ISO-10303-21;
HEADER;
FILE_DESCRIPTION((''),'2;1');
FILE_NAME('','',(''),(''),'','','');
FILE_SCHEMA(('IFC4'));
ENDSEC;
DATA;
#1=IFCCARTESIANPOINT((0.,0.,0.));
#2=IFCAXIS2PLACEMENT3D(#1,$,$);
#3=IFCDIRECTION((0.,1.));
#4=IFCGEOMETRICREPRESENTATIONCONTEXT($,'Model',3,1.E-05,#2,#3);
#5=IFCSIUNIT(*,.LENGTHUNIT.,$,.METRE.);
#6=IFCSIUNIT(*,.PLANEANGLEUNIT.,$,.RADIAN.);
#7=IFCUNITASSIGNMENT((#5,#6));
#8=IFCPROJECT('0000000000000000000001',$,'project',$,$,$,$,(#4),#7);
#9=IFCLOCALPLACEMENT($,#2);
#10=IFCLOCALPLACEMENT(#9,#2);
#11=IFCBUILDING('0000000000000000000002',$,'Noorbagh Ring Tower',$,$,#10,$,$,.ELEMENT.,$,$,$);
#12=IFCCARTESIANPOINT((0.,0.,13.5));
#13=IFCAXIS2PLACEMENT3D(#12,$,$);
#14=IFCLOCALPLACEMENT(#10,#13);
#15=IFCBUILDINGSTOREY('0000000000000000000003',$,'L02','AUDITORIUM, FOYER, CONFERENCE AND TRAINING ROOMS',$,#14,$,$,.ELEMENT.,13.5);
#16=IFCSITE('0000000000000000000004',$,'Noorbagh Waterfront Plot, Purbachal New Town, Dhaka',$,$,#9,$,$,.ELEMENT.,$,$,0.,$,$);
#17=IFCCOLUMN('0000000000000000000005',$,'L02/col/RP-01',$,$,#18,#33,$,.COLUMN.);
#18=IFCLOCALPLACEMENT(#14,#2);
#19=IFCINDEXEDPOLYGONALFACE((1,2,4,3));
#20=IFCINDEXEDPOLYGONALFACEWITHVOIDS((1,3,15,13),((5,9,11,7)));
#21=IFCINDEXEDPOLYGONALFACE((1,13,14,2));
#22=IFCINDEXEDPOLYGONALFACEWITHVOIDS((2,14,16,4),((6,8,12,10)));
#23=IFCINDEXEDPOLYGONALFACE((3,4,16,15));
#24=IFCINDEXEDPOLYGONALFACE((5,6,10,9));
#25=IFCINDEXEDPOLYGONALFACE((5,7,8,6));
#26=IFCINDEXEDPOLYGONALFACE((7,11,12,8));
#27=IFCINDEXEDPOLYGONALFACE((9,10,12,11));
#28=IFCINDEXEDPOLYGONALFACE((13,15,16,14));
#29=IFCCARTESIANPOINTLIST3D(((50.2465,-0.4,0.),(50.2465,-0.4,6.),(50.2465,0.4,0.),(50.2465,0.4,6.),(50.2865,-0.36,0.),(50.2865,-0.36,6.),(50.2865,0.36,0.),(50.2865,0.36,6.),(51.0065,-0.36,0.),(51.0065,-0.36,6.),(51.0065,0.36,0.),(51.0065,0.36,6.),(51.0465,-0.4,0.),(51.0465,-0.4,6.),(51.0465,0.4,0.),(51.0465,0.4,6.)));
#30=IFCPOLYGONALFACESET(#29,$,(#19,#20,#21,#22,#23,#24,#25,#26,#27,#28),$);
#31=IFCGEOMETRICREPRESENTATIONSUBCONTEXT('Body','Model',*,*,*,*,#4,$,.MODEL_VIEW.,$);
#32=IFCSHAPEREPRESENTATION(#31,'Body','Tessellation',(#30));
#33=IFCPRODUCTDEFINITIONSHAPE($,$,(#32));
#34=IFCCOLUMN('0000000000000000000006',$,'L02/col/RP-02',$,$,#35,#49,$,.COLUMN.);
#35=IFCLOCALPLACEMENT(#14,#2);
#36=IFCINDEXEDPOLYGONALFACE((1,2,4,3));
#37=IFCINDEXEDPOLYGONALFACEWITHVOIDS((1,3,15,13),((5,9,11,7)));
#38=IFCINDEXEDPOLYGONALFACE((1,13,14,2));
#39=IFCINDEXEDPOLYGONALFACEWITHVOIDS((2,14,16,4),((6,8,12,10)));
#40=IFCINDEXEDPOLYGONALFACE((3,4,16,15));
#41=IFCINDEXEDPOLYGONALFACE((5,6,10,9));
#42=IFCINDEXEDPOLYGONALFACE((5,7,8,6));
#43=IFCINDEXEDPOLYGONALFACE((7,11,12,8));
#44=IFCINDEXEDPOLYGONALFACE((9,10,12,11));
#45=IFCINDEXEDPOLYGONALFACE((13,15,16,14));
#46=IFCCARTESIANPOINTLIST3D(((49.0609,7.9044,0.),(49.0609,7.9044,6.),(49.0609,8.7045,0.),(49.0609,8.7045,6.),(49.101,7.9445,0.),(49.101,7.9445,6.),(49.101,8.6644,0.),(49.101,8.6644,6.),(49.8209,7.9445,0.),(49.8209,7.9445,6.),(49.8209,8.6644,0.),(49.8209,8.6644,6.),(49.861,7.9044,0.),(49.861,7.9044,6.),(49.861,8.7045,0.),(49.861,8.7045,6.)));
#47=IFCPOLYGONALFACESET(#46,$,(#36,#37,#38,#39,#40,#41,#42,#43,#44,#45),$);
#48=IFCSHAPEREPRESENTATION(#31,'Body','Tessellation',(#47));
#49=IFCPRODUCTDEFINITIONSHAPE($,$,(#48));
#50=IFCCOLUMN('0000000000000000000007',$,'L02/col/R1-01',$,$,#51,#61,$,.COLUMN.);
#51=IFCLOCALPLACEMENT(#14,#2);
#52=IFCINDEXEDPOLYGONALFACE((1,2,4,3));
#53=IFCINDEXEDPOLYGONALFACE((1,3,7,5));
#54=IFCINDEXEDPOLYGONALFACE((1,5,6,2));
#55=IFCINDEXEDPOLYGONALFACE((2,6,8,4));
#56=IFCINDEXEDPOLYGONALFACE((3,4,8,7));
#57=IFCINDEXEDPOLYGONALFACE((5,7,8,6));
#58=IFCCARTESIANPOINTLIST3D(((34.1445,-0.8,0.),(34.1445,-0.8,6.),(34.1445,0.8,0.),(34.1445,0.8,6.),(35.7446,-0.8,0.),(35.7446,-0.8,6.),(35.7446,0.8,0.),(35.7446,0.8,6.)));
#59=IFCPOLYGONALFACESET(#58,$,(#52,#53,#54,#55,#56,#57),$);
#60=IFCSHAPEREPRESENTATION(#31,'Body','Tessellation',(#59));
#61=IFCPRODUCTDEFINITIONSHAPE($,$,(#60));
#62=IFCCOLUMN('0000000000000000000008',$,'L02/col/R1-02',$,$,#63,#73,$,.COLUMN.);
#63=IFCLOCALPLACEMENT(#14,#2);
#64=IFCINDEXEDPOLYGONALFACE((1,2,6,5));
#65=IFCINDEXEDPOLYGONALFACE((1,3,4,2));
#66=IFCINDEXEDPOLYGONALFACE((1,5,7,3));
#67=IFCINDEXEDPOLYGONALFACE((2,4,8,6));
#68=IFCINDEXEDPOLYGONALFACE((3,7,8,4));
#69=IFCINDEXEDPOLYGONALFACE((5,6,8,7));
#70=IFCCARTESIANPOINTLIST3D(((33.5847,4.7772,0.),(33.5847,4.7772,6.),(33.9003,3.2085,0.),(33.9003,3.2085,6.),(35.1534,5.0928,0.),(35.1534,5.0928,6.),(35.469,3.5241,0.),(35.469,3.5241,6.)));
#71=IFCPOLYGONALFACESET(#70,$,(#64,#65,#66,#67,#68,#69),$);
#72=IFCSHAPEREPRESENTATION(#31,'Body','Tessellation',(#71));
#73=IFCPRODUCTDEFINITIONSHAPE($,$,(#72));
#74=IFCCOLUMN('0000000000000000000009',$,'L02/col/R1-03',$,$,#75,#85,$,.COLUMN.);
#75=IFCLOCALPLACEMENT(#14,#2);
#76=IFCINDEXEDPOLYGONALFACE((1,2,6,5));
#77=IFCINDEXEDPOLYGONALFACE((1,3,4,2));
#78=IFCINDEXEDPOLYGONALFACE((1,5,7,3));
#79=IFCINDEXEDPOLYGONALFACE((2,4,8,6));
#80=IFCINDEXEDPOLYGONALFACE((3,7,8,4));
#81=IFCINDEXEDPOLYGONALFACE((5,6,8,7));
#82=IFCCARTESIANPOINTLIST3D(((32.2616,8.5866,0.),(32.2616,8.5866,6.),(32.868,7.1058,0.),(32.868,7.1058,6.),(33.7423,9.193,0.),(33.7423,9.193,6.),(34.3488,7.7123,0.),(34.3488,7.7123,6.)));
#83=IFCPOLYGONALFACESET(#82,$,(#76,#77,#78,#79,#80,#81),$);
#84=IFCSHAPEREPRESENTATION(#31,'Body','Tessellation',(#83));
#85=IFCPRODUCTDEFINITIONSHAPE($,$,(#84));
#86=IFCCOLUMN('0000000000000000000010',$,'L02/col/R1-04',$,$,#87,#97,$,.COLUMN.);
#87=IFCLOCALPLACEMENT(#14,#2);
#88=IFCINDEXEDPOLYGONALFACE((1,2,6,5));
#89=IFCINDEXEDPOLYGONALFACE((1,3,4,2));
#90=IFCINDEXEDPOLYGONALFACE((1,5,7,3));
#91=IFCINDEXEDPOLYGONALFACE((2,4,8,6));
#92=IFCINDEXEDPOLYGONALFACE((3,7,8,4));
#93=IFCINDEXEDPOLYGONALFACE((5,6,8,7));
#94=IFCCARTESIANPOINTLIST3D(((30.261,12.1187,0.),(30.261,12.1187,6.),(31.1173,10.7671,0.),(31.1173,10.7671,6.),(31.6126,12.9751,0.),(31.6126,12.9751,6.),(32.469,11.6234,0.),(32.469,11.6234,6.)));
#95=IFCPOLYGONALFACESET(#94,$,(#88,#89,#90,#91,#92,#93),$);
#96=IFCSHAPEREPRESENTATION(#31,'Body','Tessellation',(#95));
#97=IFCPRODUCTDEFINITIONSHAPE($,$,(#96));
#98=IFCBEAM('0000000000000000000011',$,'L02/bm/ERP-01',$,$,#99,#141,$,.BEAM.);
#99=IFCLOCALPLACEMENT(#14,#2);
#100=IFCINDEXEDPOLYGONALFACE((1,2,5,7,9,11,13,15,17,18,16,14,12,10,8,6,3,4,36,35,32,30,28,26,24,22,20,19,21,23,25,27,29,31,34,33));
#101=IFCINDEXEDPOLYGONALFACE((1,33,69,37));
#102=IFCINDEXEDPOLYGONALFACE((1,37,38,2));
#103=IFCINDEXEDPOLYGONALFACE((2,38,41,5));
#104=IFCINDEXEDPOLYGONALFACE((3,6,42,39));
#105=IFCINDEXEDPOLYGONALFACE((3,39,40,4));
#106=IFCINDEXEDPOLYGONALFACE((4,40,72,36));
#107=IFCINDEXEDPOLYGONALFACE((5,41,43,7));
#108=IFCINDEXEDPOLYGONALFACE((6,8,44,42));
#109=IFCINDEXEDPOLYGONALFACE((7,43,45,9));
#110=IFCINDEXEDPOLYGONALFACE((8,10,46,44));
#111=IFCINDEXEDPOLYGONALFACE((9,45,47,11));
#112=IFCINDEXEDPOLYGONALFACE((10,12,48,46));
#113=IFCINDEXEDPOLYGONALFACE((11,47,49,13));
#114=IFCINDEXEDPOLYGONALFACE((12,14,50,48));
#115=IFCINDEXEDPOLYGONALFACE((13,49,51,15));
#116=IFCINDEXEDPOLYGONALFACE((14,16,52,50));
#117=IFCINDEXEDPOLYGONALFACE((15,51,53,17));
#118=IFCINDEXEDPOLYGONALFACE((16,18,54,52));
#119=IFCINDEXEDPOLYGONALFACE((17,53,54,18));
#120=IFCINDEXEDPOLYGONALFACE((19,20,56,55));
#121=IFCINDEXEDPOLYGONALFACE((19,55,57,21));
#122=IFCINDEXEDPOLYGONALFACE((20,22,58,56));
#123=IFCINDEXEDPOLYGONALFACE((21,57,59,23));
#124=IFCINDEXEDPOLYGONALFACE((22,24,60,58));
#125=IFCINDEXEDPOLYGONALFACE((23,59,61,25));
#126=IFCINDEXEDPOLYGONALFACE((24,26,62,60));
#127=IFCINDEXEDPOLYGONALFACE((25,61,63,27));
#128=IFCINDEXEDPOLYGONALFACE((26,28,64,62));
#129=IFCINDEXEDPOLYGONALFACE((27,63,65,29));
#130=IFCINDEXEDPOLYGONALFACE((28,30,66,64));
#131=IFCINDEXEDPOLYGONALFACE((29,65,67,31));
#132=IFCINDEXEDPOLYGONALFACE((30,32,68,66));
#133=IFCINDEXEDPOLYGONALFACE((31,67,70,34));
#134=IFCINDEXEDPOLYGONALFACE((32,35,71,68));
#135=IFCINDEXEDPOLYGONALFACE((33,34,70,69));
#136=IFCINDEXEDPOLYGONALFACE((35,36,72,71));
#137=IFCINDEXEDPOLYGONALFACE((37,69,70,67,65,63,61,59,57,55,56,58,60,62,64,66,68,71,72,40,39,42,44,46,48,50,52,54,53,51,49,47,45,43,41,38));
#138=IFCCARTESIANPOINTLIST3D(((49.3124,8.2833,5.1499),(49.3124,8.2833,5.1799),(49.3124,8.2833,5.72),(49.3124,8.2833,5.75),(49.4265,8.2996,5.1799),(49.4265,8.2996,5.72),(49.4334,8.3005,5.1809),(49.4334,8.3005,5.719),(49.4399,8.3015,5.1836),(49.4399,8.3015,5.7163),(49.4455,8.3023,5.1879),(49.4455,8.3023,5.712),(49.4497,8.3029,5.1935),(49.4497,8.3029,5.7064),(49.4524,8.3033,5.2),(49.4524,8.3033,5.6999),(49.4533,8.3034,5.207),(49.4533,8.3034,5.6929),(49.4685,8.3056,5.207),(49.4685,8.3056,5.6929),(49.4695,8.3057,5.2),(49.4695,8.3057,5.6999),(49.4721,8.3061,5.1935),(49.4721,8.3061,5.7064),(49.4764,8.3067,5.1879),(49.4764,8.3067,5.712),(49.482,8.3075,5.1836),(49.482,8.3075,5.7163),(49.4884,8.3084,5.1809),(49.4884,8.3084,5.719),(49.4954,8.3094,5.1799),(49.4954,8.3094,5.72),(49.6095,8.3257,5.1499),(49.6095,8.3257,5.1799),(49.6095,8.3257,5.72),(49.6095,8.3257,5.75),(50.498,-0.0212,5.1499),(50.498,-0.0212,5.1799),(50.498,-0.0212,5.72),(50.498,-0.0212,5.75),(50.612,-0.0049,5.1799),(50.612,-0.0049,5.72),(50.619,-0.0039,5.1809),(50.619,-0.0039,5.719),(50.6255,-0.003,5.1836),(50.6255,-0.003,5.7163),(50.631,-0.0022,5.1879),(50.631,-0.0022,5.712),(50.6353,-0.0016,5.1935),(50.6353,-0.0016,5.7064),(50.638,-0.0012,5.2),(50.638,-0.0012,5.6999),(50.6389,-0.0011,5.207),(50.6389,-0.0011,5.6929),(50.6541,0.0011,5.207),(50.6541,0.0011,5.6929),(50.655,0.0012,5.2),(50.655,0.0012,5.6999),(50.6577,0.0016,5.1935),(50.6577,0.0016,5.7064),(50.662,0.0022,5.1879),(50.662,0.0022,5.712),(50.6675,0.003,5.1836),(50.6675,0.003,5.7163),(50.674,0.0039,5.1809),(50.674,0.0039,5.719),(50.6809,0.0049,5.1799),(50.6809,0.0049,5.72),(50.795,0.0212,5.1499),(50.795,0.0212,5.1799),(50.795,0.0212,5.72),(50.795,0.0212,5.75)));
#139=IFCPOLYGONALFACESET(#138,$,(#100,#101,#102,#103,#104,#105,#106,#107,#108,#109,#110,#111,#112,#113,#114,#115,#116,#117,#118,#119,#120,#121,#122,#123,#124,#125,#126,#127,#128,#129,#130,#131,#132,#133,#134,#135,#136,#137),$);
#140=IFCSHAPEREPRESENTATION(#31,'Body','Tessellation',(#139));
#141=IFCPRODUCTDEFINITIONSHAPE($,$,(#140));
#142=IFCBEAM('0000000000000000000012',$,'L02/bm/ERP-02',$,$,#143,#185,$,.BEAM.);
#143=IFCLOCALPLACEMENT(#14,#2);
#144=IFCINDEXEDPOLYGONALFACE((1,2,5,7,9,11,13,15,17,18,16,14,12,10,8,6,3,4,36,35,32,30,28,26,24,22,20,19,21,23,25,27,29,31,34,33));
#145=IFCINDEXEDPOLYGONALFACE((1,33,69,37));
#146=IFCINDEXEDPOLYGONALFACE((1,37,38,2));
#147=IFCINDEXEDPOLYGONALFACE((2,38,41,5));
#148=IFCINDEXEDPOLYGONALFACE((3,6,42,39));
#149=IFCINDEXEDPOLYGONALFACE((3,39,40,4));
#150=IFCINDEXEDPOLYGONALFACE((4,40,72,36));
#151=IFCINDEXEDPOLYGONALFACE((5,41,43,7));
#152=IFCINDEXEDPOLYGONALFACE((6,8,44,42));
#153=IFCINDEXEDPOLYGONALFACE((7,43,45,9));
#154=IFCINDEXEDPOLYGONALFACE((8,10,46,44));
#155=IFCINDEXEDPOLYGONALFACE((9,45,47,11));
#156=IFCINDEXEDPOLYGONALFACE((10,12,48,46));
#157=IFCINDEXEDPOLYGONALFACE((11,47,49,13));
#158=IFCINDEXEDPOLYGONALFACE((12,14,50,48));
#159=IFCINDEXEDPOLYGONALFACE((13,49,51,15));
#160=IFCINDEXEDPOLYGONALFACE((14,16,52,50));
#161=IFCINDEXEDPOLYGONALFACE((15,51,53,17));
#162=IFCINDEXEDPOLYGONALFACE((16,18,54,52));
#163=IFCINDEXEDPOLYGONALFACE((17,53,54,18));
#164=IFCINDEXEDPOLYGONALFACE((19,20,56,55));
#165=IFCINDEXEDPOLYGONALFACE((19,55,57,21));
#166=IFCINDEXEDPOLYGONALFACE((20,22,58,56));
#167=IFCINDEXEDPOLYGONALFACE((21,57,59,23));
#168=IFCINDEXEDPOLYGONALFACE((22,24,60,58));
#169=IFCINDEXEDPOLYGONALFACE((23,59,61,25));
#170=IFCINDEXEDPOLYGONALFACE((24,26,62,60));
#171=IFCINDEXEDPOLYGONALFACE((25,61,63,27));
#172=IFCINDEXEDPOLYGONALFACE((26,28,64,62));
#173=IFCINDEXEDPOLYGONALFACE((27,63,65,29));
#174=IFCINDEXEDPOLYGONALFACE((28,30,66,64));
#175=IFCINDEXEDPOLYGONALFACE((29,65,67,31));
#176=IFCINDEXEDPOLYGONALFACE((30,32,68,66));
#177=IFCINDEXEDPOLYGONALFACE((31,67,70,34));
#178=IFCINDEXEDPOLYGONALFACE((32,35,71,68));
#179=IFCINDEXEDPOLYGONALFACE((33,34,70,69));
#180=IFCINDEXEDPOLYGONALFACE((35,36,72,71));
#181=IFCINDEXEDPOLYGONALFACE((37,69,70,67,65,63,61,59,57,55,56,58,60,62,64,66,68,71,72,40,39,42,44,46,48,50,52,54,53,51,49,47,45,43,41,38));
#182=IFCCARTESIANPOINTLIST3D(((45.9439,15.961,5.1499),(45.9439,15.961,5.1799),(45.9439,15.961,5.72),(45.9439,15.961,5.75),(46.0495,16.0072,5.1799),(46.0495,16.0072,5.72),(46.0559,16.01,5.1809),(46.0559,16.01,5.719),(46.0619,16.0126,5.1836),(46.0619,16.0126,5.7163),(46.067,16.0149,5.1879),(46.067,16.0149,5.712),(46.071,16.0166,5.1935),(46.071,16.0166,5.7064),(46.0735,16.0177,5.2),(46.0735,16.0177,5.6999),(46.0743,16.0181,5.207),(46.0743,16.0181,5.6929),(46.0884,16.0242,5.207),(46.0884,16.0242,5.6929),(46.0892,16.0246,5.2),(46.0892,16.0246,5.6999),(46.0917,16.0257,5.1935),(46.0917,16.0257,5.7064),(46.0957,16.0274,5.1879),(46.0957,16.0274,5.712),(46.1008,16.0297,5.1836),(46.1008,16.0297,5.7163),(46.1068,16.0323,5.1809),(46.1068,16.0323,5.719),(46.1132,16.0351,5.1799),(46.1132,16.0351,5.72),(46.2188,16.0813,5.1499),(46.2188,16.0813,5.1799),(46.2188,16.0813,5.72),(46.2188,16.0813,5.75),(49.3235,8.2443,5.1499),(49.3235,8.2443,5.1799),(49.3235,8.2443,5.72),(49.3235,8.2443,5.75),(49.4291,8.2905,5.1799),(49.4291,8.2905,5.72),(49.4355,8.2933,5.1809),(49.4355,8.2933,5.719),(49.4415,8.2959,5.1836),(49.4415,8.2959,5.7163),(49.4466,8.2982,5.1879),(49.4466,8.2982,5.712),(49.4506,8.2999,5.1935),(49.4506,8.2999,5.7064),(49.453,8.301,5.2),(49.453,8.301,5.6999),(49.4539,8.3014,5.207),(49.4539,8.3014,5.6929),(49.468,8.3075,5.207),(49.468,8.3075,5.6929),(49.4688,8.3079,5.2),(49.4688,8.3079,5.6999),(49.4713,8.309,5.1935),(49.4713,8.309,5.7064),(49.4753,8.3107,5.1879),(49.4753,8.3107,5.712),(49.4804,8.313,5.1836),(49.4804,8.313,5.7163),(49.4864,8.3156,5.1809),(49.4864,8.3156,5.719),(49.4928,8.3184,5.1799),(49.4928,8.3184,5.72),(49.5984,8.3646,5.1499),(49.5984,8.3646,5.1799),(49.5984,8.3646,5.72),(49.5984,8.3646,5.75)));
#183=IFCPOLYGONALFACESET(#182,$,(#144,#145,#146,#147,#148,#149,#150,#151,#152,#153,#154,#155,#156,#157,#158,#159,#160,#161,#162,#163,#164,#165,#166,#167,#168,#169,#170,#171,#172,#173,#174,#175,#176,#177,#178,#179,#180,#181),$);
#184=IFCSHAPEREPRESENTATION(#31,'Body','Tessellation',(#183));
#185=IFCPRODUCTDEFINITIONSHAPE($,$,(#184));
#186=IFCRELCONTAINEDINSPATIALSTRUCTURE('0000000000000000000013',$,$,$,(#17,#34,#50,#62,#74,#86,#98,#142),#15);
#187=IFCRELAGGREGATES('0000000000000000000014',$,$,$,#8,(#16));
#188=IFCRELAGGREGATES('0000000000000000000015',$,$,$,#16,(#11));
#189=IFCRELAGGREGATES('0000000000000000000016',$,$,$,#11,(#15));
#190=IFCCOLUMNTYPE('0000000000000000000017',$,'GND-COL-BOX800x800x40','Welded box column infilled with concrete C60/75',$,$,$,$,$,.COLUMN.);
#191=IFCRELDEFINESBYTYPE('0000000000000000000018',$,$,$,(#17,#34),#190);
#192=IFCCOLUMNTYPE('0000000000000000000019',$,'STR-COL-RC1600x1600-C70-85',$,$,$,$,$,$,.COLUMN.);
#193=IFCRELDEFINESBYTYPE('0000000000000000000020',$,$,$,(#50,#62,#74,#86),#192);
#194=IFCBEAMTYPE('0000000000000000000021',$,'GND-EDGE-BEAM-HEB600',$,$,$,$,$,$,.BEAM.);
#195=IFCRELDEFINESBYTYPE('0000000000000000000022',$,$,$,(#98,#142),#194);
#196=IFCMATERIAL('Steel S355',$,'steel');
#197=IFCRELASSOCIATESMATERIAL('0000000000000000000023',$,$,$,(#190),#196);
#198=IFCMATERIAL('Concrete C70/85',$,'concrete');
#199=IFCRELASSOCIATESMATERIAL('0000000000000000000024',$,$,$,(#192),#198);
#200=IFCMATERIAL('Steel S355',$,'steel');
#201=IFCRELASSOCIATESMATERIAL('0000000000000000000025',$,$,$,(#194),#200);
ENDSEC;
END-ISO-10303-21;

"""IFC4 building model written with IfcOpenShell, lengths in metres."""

from ifc_helpers import new_model, si_unit, direction, frame, origin, origin_2d, place, context, subcontext, project, spatial, rectangle, hollow_rectangle, i_section, extrude, material, material_profile, profile_set, type_object, element, save


model = new_model("IFC4")

# Units and contexts
model_context = context("Model", 3, precision=1e-05, world=origin(), true_north=direction((0.0, 1.0)))
body_context = subcontext(model_context, "Body", "Model", "MODEL_VIEW")
ifc_project = project(units=[si_unit("LENGTHUNIT", "METRE"), si_unit("PLANEANGLEUNIT", "RADIAN")], contexts=[model_context])

# Site, building, storey
site_placement = place(None, origin())
site = spatial("IfcSite", under=ifc_project, at=site_placement, Name="Noorbagh Waterfront Plot, Purbachal New Town, Dhaka", CompositionType="ELEMENT", RefElevation=0.0)
building_placement = place(site_placement, origin())
building = spatial("IfcBuilding", under=site, at=building_placement, Name="Noorbagh Ring Tower", CompositionType="ELEMENT")
storey_placement = place(building_placement, frame((0.0, 0.0, 13.5)))
storey = spatial("IfcBuildingStorey", under=building, at=storey_placement, Name="L02", Description="AUDITORIUM, FOYER, CONFERENCE AND TRAINING ROOMS", CompositionType="ELEMENT", Elevation=13.5)

# Columns
ifc_material_1 = material(Name="Steel S355", Category="steel")
ifc_material_profile_1 = material_profile(ifc_material_1, hollow_rectangle(XDim=0.8, YDim=0.8, WallThickness=0.04, at=origin_2d()), Name="BOX800x800x40")
ifc_profile_set_1 = profile_set([ifc_material_profile_1], Name="Steel S355")
column_type_1 = type_object("IfcColumnType", Name="GND-COL-BOX800x800x40", Description="Welded box column infilled with concrete C60/75", PredefinedType="COLUMN", material=ifc_profile_set_1)
for number, where, z_axis, x_axis, name in (
    (1, (50.6465, 0.0, 0.0), (0.0, 0.0, 1.0), (1.0, 0.0, 0.0), "L02/col/RP-01"),
    (2, (49.4609, 8.3044, 0.0), (0.0, 0.0, 1.0), (1.0, 0.0, 0.0), "L02/col/RP-02"),
):
    element("IfcColumn", number, at=place(storey_placement, frame(where, z_axis=z_axis, x_axis=x_axis)), inside=storey, type_object=column_type_1, Name=name, PredefinedType="COLUMN", context=body_context, shape_type="SweptSolid", body=[
        extrude(hollow_rectangle(XDim=0.8, YDim=0.8, WallThickness=0.04, at=origin_2d()), origin(), (0.0, 0.0, 1.0), 6.0),
    ])
ifc_material_2 = material(Name="Concrete C70/85", Category="concrete")
ifc_material_profile_2 = material_profile(ifc_material_2, rectangle(XDim=1.6001, YDim=1.6001, at=origin_2d()), Name="RC1600x1600")
ifc_profile_set_2 = profile_set([ifc_material_profile_2], Name="Concrete C70/85")
column_type_2 = type_object("IfcColumnType", Name="STR-COL-RC1600x1600-C70-85", PredefinedType="COLUMN", material=ifc_profile_set_2)
for number, where, z_axis, x_axis, name in (
    (3, (34.9446, 0.0, 0.0), (0.0, 0.0, 1.0), (0.0, 1.0, 0.0), "L02/col/R1-01"),
    (4, (34.5269, 4.1506, 0.0), (0.0, 0.0, 1.0), (-0.19723, 0.980357, 0.0), "L02/col/R1-02"),
    (5, (33.3052, 8.1494, 0.0), (0.0, 0.0, 1.0), (-0.378989, 0.925401, 0.0), "L02/col/R1-03"),
    (6, (31.365, 11.8711, 0.0), (0.0, 0.0, 1.0), (-0.53519, 0.844731, 0.0), "L02/col/R1-04"),
):
    element("IfcColumn", number, at=place(storey_placement, frame(where, z_axis=z_axis, x_axis=x_axis)), inside=storey, type_object=column_type_2, Name=name, PredefinedType="COLUMN", context=body_context, shape_type="SweptSolid", body=[
        extrude(rectangle(XDim=1.6001, YDim=1.6001, at=origin_2d()), origin(), (0.0, 0.0, 1.0), 6.0),
    ])

# Beams
ifc_material_3 = material(Name="Steel S355", Category="steel")
ifc_material_profile_3 = material_profile(ifc_material_3, i_section(OverallWidth=0.3, OverallDepth=0.6001, WebThickness=0.0154, FlangeThickness=0.03, FilletRadius=0.0271, at=origin_2d()), Name="HEB600")
ifc_profile_set_3 = profile_set([ifc_material_profile_3], Name="Steel S355")
beam_type_1 = type_object("IfcBeamType", Name="GND-EDGE-BEAM-HEB600", PredefinedType="BEAM", material=ifc_profile_set_3)
beam_1_placement = place(storey_placement, frame((50.6465, 0.0, 5.45), z_axis=(-0.141328, 0.989963, 0.0), x_axis=(-0.989963, -0.141328, 0.0)))
element("IfcBeam", 7, at=beam_1_placement, inside=storey, type_object=beam_type_1, Name="L02/bm/ERP-01", PredefinedType="BEAM", context=body_context, shape_type="SweptSolid", body=[
    extrude(i_section(OverallWidth=0.3, OverallDepth=0.6001, WebThickness=0.0154, FlangeThickness=0.03, FilletRadius=0.0271, at=origin_2d()), origin(), (0.0, 0.0, 1.0), 8.3887),
])
beam_2_placement = place(storey_placement, frame((49.4609, 8.3044, 5.45), z_axis=(-0.401172, 0.916003, 0.0), x_axis=(-0.916003, -0.401172, 0.0)))
element("IfcBeam", 8, at=beam_2_placement, inside=storey, type_object=beam_type_1, Name="L02/bm/ERP-02", PredefinedType="BEAM", context=body_context, shape_type="SweptSolid", body=[
    extrude(i_section(OverallWidth=0.3, OverallDepth=0.6001, WebThickness=0.0154, FlangeThickness=0.03, FilletRadius=0.0271, at=origin_2d()), origin(), (0.0, 0.0, 1.0), 8.4243),
])

save(model, "model.ifc")
